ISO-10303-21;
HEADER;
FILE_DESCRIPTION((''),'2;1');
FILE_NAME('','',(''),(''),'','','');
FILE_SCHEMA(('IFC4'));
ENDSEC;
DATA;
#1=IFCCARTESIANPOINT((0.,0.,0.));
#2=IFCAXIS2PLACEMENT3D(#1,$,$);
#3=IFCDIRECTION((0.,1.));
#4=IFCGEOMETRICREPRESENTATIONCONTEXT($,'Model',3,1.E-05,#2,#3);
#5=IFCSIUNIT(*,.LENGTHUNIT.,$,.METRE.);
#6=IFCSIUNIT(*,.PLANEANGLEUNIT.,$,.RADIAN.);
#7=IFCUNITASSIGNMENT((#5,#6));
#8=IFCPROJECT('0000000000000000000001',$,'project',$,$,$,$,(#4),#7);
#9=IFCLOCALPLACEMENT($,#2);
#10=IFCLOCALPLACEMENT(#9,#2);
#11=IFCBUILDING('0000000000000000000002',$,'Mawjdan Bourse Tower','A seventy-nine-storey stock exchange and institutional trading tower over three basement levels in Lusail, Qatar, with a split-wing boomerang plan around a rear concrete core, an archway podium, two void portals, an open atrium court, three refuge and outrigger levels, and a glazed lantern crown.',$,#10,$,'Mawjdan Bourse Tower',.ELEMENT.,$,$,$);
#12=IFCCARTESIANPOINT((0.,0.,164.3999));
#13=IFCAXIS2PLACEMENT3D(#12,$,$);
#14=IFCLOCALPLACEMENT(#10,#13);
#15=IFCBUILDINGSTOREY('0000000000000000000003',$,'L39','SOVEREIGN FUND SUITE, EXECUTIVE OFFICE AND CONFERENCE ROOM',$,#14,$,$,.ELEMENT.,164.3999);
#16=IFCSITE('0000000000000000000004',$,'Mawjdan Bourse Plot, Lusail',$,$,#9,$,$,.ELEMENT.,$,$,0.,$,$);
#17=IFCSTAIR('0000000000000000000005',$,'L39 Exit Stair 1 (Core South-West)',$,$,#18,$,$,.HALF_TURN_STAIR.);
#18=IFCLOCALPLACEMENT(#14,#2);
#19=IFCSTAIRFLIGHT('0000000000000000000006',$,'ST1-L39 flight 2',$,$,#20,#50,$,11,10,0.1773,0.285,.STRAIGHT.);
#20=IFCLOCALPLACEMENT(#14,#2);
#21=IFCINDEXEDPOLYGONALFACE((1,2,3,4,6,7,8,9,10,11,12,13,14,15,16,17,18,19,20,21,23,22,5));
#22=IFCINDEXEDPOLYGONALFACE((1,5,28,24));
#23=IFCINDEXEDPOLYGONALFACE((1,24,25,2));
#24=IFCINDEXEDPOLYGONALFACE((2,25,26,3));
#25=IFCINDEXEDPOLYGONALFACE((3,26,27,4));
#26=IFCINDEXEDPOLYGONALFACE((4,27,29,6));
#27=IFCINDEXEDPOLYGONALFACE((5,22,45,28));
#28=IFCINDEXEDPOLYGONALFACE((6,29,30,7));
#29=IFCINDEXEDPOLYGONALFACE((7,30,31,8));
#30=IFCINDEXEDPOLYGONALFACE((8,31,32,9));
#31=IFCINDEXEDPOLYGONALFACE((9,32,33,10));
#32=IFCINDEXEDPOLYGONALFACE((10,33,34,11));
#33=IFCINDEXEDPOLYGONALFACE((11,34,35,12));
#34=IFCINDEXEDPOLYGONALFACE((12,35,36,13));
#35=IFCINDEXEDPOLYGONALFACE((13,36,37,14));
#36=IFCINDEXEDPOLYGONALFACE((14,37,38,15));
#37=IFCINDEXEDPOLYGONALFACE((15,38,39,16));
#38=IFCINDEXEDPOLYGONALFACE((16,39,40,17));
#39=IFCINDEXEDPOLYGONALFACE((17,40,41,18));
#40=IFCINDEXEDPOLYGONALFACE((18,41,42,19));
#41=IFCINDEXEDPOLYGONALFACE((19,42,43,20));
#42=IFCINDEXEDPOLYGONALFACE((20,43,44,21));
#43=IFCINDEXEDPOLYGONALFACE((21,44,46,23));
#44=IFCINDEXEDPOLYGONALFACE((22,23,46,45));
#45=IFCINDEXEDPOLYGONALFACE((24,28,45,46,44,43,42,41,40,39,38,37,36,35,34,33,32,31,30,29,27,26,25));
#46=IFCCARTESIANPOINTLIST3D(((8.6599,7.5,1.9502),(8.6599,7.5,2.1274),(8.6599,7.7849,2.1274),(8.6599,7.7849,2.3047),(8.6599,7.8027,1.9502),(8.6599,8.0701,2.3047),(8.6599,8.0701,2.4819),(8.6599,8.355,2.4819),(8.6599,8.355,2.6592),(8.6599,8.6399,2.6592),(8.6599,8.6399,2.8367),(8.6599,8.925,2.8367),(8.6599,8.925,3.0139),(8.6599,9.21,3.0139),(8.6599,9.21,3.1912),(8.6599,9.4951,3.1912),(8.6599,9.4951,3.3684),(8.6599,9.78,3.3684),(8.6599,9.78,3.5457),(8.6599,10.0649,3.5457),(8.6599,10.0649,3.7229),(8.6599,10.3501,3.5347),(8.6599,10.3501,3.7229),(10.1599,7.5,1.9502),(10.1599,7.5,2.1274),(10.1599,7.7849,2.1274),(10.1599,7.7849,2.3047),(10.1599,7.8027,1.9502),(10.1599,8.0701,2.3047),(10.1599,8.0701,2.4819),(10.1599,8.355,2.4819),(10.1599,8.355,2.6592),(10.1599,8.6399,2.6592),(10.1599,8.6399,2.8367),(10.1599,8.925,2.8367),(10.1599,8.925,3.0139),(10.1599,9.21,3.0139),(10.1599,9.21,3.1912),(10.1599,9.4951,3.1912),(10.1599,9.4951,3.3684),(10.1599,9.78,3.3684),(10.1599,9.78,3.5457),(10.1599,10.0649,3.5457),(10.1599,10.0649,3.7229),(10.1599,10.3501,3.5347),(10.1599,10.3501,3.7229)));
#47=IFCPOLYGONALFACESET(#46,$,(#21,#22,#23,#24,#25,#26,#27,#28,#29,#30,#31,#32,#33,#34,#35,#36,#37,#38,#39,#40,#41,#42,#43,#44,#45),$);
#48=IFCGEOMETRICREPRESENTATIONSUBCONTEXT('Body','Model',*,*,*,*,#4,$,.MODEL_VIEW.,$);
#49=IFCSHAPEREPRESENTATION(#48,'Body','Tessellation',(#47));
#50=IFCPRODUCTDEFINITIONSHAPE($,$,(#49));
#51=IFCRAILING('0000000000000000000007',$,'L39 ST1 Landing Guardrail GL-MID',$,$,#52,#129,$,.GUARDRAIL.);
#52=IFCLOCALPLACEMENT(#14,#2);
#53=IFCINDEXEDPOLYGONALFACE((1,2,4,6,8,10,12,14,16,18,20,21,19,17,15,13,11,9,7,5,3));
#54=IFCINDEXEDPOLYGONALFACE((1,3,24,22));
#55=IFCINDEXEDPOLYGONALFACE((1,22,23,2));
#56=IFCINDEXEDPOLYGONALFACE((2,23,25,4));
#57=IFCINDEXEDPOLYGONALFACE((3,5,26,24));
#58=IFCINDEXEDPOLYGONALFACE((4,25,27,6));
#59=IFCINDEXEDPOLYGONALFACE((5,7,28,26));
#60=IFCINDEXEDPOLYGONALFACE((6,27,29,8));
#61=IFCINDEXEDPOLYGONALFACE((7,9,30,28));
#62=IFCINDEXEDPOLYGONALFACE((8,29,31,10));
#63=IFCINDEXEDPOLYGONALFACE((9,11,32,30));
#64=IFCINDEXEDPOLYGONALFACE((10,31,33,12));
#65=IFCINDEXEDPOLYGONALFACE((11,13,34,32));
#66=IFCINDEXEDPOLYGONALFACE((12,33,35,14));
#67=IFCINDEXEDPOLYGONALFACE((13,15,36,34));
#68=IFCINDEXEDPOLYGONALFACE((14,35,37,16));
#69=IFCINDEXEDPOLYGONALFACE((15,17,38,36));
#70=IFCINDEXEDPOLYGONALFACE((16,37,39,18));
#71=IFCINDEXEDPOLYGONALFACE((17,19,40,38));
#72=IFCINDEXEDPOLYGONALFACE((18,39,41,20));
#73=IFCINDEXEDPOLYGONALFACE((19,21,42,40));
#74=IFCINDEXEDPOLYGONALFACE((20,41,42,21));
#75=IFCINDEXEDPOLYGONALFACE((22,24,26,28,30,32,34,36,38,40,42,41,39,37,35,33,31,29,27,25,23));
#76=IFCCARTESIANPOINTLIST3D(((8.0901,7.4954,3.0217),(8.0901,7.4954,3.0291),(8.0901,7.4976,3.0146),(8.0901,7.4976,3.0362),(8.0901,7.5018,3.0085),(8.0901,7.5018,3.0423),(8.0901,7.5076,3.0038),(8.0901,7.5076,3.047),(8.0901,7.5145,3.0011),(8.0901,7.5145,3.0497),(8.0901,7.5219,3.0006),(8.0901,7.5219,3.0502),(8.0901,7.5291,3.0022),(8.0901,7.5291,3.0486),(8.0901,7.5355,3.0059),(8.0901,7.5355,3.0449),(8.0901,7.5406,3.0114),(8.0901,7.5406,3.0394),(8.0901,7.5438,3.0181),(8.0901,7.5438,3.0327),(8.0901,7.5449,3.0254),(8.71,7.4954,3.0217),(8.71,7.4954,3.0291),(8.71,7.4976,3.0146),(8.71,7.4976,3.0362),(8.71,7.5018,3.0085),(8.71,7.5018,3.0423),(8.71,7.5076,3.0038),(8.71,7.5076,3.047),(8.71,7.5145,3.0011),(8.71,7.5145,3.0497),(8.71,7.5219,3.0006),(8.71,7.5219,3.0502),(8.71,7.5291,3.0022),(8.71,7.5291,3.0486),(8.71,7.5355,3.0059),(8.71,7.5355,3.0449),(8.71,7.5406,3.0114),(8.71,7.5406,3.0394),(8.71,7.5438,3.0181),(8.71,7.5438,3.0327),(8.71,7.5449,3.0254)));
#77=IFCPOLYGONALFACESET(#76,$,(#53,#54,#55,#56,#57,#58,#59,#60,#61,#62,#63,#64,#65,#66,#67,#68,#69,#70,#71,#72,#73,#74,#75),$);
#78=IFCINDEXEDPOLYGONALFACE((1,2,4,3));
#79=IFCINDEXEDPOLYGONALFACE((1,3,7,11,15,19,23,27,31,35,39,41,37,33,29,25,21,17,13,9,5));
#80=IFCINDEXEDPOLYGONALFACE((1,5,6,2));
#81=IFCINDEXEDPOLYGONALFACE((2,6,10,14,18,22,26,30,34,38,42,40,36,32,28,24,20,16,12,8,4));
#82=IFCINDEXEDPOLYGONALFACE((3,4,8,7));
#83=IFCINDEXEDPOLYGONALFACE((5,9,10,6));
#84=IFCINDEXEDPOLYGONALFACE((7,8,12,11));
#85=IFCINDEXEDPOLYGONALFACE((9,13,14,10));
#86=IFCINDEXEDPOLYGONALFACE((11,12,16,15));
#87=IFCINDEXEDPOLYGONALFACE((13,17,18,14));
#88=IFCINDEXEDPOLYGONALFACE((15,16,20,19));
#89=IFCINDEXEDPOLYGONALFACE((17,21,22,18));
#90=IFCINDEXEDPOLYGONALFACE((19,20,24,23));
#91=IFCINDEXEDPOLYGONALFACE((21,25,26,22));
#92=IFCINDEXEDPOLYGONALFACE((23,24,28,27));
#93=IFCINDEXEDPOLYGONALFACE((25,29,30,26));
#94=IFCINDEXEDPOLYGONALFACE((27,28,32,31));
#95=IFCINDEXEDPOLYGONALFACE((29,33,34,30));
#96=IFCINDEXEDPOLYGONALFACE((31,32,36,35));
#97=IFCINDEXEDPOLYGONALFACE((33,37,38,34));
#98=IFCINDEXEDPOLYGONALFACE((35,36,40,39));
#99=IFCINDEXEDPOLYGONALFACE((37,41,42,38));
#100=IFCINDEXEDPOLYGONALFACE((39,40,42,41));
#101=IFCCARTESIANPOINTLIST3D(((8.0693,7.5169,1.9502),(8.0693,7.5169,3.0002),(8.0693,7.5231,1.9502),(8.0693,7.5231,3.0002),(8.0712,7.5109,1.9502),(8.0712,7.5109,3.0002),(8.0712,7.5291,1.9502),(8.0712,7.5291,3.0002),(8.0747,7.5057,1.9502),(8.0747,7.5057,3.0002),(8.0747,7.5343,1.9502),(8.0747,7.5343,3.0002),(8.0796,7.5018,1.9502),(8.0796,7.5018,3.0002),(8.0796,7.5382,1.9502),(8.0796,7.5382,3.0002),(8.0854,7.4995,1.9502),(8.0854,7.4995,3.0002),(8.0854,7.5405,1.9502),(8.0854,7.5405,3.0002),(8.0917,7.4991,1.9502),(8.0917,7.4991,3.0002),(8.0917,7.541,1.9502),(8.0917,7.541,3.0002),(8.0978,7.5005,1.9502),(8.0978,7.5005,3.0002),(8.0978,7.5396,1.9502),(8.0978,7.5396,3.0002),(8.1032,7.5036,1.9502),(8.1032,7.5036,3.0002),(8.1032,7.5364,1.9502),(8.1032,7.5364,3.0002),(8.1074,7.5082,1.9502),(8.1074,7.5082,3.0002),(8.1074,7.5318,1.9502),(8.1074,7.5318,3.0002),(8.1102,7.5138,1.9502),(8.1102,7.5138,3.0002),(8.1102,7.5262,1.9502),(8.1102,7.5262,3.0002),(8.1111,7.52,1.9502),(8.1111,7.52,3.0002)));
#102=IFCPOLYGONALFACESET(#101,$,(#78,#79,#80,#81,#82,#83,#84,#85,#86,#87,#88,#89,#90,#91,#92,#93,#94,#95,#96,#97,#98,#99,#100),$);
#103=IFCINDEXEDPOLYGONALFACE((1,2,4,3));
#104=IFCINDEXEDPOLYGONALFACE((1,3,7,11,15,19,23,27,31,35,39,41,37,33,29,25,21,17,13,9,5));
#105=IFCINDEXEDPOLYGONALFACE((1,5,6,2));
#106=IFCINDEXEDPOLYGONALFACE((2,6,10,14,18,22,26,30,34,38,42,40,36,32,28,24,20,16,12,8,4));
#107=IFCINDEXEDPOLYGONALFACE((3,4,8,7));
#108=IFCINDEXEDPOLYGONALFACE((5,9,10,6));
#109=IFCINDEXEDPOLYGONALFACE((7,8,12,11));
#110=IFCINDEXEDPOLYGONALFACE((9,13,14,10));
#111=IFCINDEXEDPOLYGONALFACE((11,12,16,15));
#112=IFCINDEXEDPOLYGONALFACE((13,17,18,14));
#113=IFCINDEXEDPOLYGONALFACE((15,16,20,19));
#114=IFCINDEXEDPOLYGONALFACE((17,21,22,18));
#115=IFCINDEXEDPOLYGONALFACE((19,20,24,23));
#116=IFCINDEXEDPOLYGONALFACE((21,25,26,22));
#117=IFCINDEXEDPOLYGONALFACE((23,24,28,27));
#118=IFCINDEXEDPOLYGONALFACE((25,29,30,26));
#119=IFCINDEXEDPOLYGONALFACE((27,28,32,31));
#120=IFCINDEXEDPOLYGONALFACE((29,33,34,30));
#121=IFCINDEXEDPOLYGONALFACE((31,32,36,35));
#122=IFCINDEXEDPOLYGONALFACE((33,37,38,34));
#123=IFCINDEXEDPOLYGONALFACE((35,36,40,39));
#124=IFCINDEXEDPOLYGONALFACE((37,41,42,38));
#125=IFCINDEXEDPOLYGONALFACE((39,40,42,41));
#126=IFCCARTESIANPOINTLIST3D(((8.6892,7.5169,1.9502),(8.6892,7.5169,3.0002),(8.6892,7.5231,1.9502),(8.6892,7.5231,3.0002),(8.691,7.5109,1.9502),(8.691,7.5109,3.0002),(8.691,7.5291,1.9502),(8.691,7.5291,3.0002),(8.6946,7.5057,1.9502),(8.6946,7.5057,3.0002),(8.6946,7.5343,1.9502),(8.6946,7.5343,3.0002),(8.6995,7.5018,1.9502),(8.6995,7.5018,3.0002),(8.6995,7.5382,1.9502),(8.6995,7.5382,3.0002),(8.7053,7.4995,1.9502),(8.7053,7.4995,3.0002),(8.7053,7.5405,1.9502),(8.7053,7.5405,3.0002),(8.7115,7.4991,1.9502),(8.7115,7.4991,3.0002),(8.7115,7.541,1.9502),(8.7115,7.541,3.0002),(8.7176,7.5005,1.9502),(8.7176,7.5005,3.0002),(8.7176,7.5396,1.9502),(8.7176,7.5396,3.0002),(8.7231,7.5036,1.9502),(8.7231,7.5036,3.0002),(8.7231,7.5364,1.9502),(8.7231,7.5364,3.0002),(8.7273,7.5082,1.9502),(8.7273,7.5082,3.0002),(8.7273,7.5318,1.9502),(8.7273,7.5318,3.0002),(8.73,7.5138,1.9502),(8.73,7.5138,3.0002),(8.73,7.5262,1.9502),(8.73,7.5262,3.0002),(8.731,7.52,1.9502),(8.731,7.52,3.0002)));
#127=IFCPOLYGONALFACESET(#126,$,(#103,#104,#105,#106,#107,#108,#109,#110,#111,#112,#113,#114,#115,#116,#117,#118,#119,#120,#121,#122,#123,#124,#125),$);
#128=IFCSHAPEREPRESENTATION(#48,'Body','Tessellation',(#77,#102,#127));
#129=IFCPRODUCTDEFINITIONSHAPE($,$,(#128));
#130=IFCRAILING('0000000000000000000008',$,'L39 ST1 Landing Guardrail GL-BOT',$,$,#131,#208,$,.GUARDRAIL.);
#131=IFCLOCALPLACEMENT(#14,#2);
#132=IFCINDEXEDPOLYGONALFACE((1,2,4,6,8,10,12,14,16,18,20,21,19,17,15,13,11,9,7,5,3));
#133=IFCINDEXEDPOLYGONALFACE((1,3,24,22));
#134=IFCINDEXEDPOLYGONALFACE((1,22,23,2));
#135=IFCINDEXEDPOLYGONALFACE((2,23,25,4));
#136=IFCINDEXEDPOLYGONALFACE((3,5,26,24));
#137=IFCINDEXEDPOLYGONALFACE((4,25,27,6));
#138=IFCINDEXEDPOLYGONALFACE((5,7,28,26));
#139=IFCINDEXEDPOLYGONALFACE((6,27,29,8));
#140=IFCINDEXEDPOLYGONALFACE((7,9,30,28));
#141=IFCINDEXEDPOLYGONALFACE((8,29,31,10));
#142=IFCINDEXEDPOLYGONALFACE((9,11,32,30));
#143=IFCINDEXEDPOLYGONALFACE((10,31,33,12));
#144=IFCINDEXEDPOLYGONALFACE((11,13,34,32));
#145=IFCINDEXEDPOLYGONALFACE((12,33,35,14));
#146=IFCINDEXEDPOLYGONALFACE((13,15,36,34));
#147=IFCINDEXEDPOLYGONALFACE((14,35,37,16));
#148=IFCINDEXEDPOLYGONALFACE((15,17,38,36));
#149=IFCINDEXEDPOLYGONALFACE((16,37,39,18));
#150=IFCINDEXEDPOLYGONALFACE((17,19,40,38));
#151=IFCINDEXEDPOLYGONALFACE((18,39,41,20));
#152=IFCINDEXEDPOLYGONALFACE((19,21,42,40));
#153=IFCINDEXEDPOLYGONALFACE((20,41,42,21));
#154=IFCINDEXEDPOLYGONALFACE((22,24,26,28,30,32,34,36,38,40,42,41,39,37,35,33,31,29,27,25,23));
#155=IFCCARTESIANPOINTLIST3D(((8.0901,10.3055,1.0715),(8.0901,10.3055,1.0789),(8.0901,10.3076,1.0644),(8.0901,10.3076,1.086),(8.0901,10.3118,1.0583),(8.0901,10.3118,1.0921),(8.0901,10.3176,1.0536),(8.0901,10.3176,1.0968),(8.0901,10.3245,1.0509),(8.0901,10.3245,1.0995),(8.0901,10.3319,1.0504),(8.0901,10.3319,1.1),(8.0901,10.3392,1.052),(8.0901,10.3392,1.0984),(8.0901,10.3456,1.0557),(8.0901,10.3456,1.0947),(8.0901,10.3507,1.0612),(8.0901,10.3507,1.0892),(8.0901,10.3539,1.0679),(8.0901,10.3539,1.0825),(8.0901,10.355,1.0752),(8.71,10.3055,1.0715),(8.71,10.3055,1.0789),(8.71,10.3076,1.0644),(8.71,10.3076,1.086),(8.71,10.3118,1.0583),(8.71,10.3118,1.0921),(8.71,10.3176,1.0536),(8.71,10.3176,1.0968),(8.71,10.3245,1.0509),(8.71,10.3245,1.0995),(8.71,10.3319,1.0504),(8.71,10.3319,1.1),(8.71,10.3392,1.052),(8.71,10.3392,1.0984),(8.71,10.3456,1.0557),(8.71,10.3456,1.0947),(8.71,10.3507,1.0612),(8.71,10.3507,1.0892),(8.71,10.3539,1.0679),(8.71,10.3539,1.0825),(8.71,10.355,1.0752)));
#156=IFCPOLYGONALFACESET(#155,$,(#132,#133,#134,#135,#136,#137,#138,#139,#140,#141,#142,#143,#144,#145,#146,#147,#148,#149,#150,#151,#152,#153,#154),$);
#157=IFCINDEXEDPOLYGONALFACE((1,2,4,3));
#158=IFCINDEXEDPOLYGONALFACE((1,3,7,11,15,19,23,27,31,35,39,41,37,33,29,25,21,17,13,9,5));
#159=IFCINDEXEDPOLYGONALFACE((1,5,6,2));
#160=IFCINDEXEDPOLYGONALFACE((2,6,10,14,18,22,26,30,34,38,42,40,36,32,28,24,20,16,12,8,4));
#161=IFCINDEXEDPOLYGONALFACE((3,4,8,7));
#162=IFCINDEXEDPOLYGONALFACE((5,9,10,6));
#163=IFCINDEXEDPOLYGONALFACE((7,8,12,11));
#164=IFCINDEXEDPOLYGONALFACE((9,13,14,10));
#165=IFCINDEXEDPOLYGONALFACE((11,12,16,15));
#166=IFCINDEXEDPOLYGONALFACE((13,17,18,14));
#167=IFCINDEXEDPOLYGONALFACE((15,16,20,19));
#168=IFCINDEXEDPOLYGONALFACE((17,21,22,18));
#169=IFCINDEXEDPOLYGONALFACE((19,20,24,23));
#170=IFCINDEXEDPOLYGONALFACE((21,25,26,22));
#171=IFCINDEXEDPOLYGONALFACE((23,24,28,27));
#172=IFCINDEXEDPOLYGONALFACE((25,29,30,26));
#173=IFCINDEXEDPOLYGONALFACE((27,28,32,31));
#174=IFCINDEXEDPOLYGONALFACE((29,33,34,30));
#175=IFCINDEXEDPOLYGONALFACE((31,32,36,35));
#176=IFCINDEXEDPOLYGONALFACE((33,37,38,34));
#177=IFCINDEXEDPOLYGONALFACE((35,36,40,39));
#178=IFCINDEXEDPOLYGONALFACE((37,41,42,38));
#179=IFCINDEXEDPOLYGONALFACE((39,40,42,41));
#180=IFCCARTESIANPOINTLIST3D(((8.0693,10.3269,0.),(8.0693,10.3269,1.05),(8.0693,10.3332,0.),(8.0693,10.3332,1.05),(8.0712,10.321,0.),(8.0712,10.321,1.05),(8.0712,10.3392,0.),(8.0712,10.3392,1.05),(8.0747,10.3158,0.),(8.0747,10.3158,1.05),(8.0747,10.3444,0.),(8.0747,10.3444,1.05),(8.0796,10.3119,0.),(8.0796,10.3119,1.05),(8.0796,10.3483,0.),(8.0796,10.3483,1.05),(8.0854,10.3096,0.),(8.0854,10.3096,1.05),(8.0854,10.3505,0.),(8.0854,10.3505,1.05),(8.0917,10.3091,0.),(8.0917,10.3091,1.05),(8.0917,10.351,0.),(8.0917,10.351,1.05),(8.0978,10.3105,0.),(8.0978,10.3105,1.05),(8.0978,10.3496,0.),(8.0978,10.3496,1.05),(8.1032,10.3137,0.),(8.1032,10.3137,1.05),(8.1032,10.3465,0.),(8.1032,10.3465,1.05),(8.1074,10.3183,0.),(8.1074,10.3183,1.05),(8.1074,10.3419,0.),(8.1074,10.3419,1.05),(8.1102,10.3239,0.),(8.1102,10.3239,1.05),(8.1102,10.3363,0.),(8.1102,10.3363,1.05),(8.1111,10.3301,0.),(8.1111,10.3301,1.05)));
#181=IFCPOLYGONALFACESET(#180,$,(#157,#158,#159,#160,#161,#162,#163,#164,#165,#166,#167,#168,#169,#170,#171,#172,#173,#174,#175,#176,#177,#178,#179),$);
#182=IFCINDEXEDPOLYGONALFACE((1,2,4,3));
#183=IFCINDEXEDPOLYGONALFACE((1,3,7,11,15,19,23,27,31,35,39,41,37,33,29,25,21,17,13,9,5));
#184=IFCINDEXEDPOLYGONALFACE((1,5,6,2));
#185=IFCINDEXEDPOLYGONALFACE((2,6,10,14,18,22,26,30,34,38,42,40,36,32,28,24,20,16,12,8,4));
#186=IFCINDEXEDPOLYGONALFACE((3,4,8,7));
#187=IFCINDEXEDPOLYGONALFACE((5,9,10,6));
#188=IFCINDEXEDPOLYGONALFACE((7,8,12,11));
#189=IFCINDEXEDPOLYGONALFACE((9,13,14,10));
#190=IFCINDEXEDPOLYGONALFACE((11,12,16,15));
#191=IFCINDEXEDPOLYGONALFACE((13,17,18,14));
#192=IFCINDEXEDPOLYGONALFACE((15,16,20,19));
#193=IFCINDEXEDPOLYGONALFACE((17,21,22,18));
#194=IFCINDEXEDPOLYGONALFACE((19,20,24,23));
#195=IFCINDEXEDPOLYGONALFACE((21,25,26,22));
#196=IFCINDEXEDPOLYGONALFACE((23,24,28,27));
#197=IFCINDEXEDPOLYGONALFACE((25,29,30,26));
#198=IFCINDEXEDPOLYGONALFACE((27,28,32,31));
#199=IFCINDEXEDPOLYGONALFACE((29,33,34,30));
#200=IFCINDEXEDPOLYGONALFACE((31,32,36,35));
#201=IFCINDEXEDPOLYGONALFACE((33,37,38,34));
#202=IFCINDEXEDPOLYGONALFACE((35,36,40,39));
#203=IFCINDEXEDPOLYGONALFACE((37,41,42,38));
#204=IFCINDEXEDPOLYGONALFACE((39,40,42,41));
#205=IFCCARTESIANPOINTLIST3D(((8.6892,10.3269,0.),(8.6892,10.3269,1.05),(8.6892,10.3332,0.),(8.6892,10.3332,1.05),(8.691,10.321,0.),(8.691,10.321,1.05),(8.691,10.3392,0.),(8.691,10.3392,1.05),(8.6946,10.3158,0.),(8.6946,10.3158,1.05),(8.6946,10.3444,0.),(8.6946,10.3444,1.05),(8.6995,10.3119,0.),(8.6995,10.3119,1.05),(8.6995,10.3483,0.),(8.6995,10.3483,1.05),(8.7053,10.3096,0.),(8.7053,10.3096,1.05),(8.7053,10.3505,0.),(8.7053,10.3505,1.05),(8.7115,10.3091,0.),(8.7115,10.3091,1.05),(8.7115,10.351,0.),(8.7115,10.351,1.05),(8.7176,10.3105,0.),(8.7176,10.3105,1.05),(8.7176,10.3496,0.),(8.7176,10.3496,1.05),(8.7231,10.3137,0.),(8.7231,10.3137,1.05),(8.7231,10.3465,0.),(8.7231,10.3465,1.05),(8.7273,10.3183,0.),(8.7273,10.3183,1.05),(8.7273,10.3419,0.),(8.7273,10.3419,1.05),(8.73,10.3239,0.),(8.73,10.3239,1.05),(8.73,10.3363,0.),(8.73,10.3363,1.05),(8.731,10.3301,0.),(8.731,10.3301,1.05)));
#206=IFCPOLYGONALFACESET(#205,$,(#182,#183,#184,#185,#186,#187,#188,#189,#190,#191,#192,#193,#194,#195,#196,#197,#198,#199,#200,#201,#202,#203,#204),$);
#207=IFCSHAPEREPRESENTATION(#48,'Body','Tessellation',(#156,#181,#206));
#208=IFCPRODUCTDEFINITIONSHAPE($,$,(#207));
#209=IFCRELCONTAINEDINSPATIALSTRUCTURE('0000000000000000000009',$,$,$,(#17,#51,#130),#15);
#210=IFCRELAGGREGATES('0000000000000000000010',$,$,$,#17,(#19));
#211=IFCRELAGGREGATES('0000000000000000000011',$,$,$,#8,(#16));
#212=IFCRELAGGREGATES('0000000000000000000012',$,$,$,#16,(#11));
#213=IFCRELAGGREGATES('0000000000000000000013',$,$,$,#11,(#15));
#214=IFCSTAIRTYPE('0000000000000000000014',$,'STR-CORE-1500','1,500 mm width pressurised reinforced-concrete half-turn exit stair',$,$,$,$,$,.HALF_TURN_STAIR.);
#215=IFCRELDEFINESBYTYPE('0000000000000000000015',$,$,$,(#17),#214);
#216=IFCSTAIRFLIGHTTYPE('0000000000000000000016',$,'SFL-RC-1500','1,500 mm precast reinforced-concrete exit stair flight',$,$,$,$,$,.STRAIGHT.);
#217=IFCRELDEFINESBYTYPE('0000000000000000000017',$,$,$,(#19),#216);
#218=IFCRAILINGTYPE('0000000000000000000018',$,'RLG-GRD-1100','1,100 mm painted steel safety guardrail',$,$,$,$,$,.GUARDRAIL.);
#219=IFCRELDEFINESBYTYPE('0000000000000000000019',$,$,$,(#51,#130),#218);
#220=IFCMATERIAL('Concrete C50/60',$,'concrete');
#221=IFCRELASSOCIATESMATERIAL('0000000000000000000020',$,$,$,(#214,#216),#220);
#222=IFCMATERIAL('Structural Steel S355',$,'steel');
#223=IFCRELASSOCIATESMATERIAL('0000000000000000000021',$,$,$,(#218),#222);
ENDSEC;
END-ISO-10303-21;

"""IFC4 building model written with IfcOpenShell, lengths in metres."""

from ifc_helpers import new_model, si_unit, direction, frame, origin, origin_2d, place, context, subcontext, project, spatial, polyline, circle, outline, extrude, material, type_object, element, aggregate, save


model = new_model("IFC4")

# Units and contexts
model_context = context("Model", 3, precision=1e-05, world=origin(), true_north=direction((0.0, 1.0)))
body_context = subcontext(model_context, "Body", "Model", "MODEL_VIEW")
ifc_project = project(units=[si_unit("LENGTHUNIT", "METRE"), si_unit("PLANEANGLEUNIT", "RADIAN")], contexts=[model_context])

# Site, building, storey
site_placement = place(None, origin())
site = spatial("IfcSite", under=ifc_project, at=site_placement, Name="Mawjdan Bourse Plot, Lusail", CompositionType="ELEMENT", RefElevation=0.0)
building_placement = place(site_placement, origin())
building = spatial("IfcBuilding", under=site, at=building_placement, Name="Mawjdan Bourse Tower", Description="A seventy-nine-storey stock exchange and institutional trading tower over three basement levels in Lusail, Qatar, with a split-wing boomerang plan around a rear concrete core, an archway podium, two void portals, an open atrium court, three refuge and outrigger levels, and a glazed lantern crown.", LongName="Mawjdan Bourse Tower", CompositionType="ELEMENT")
storey_placement = place(building_placement, frame((0.0, 0.0, 164.3999)))
storey = spatial("IfcBuildingStorey", under=building, at=storey_placement, Name="L39", Description="SOVEREIGN FUND SUITE, EXECUTIVE OFFICE AND CONFERENCE ROOM", CompositionType="ELEMENT", Elevation=164.3999)

# Shared definitions
ifc_material_1 = material(Name="Structural Steel S355", Category="steel")

# Stair
ifc_material_2 = material(Name="Concrete C50/60", Category="concrete")
stair_type = type_object("IfcStairType", Name="STR-CORE-1500", Description="1,500 mm width pressurised reinforced-concrete half-turn exit stair", PredefinedType="HALF_TURN_STAIR", material=ifc_material_2)
stair_1_placement = place(storey_placement, origin())
stair_1 = element("IfcStair", 1, at=stair_1_placement, inside=storey, type_object=stair_type, Name="L39 Exit Stair 1 (Core South-West)", PredefinedType="HALF_TURN_STAIR")

# Stair flight
stair_flight_type = type_object("IfcStairFlightType", Name="SFL-RC-1500", Description="1,500 mm precast reinforced-concrete exit stair flight", PredefinedType="STRAIGHT", material=ifc_material_2)
stair_flight_placement = place(storey_placement, frame((9.4099, 7.5, 1.9502), z_axis=(0.0, 0.0, 1.0), x_axis=(0.0, 1.0, 0.0)))
stair_flight = element("IfcStairFlight", 2, at=stair_flight_placement, type_object=stair_flight_type, Name="ST1-L39 flight 2", NumberOfRisers=11, NumberOfTreads=10, PredefinedType="STRAIGHT", RiserHeight=0.1773, TreadLength=0.285, context=body_context, shape_type="SweptSolid", body=[
    extrude(outline(polyline([(0.0, 0.0), (0.0, 0.1772), (0.2849, 0.1772), (0.2849, 0.3545), (0.5701, 0.3545), (0.5701, 0.5317), (0.855, 0.5317), (0.855, 0.709), (1.1399, 0.709), (1.1399, 0.8865), (1.425, 0.8865), (1.425, 1.0637), (1.71, 1.0637), (1.71, 1.241), (1.9951, 1.241), (1.9951, 1.4182), (2.28, 1.4182), (2.28, 1.5955), (2.5649, 1.5955), (2.5649, 1.7727), (2.8501, 1.7727), (2.8501, 1.95), (2.8501, 1.5845), (0.3027, 0.0), (0.0, 0.0)])), frame((0.0, 0.75, 0.0), z_axis=(0.0, -1.0, 0.0), x_axis=(1.0, 0.0, 0.0)), (0.0, 0.0, 1.0), 1.5),
])
aggregate(stair_1, [stair_flight])

# Railings
railing_type_1 = type_object("IfcRailingType", Name="RLG-GRD-1100", Description="1,100 mm painted steel safety guardrail", PredefinedType="GUARDRAIL", material=ifc_material_1)
for number, where, name in (
    (3, (8.0901, 7.52, 1.9502), "L39 ST1 Landing Guardrail GL-MID"),
    (4, (8.0901, 10.3301, 0.0), "L39 ST1 Landing Guardrail GL-BOT"),
):
    element("IfcRailing", number, at=place(storey_placement, frame(where)), inside=storey, type_object=railing_type_1, Name=name, PredefinedType="GUARDRAIL", context=body_context, shape_type="SweptSolid", body=[
        extrude(circle(Radius=0.0249, at=origin_2d()), frame((0.0, 0.0, 1.0752), z_axis=(1.0, 0.0, 0.0), x_axis=(0.0, 1.0, 0.0)), (0.0, 0.0, 1.0), 0.6199),
        extrude(circle(Radius=0.021, at=origin_2d()), origin(), (0.0, 0.0, 1.0), 1.05),
        extrude(circle(Radius=0.021, at=origin_2d()), frame((0.6199, 0.0, 0.0)), (0.0, 0.0, 1.0), 1.05),
    ])

save(model, "model.ifc")
